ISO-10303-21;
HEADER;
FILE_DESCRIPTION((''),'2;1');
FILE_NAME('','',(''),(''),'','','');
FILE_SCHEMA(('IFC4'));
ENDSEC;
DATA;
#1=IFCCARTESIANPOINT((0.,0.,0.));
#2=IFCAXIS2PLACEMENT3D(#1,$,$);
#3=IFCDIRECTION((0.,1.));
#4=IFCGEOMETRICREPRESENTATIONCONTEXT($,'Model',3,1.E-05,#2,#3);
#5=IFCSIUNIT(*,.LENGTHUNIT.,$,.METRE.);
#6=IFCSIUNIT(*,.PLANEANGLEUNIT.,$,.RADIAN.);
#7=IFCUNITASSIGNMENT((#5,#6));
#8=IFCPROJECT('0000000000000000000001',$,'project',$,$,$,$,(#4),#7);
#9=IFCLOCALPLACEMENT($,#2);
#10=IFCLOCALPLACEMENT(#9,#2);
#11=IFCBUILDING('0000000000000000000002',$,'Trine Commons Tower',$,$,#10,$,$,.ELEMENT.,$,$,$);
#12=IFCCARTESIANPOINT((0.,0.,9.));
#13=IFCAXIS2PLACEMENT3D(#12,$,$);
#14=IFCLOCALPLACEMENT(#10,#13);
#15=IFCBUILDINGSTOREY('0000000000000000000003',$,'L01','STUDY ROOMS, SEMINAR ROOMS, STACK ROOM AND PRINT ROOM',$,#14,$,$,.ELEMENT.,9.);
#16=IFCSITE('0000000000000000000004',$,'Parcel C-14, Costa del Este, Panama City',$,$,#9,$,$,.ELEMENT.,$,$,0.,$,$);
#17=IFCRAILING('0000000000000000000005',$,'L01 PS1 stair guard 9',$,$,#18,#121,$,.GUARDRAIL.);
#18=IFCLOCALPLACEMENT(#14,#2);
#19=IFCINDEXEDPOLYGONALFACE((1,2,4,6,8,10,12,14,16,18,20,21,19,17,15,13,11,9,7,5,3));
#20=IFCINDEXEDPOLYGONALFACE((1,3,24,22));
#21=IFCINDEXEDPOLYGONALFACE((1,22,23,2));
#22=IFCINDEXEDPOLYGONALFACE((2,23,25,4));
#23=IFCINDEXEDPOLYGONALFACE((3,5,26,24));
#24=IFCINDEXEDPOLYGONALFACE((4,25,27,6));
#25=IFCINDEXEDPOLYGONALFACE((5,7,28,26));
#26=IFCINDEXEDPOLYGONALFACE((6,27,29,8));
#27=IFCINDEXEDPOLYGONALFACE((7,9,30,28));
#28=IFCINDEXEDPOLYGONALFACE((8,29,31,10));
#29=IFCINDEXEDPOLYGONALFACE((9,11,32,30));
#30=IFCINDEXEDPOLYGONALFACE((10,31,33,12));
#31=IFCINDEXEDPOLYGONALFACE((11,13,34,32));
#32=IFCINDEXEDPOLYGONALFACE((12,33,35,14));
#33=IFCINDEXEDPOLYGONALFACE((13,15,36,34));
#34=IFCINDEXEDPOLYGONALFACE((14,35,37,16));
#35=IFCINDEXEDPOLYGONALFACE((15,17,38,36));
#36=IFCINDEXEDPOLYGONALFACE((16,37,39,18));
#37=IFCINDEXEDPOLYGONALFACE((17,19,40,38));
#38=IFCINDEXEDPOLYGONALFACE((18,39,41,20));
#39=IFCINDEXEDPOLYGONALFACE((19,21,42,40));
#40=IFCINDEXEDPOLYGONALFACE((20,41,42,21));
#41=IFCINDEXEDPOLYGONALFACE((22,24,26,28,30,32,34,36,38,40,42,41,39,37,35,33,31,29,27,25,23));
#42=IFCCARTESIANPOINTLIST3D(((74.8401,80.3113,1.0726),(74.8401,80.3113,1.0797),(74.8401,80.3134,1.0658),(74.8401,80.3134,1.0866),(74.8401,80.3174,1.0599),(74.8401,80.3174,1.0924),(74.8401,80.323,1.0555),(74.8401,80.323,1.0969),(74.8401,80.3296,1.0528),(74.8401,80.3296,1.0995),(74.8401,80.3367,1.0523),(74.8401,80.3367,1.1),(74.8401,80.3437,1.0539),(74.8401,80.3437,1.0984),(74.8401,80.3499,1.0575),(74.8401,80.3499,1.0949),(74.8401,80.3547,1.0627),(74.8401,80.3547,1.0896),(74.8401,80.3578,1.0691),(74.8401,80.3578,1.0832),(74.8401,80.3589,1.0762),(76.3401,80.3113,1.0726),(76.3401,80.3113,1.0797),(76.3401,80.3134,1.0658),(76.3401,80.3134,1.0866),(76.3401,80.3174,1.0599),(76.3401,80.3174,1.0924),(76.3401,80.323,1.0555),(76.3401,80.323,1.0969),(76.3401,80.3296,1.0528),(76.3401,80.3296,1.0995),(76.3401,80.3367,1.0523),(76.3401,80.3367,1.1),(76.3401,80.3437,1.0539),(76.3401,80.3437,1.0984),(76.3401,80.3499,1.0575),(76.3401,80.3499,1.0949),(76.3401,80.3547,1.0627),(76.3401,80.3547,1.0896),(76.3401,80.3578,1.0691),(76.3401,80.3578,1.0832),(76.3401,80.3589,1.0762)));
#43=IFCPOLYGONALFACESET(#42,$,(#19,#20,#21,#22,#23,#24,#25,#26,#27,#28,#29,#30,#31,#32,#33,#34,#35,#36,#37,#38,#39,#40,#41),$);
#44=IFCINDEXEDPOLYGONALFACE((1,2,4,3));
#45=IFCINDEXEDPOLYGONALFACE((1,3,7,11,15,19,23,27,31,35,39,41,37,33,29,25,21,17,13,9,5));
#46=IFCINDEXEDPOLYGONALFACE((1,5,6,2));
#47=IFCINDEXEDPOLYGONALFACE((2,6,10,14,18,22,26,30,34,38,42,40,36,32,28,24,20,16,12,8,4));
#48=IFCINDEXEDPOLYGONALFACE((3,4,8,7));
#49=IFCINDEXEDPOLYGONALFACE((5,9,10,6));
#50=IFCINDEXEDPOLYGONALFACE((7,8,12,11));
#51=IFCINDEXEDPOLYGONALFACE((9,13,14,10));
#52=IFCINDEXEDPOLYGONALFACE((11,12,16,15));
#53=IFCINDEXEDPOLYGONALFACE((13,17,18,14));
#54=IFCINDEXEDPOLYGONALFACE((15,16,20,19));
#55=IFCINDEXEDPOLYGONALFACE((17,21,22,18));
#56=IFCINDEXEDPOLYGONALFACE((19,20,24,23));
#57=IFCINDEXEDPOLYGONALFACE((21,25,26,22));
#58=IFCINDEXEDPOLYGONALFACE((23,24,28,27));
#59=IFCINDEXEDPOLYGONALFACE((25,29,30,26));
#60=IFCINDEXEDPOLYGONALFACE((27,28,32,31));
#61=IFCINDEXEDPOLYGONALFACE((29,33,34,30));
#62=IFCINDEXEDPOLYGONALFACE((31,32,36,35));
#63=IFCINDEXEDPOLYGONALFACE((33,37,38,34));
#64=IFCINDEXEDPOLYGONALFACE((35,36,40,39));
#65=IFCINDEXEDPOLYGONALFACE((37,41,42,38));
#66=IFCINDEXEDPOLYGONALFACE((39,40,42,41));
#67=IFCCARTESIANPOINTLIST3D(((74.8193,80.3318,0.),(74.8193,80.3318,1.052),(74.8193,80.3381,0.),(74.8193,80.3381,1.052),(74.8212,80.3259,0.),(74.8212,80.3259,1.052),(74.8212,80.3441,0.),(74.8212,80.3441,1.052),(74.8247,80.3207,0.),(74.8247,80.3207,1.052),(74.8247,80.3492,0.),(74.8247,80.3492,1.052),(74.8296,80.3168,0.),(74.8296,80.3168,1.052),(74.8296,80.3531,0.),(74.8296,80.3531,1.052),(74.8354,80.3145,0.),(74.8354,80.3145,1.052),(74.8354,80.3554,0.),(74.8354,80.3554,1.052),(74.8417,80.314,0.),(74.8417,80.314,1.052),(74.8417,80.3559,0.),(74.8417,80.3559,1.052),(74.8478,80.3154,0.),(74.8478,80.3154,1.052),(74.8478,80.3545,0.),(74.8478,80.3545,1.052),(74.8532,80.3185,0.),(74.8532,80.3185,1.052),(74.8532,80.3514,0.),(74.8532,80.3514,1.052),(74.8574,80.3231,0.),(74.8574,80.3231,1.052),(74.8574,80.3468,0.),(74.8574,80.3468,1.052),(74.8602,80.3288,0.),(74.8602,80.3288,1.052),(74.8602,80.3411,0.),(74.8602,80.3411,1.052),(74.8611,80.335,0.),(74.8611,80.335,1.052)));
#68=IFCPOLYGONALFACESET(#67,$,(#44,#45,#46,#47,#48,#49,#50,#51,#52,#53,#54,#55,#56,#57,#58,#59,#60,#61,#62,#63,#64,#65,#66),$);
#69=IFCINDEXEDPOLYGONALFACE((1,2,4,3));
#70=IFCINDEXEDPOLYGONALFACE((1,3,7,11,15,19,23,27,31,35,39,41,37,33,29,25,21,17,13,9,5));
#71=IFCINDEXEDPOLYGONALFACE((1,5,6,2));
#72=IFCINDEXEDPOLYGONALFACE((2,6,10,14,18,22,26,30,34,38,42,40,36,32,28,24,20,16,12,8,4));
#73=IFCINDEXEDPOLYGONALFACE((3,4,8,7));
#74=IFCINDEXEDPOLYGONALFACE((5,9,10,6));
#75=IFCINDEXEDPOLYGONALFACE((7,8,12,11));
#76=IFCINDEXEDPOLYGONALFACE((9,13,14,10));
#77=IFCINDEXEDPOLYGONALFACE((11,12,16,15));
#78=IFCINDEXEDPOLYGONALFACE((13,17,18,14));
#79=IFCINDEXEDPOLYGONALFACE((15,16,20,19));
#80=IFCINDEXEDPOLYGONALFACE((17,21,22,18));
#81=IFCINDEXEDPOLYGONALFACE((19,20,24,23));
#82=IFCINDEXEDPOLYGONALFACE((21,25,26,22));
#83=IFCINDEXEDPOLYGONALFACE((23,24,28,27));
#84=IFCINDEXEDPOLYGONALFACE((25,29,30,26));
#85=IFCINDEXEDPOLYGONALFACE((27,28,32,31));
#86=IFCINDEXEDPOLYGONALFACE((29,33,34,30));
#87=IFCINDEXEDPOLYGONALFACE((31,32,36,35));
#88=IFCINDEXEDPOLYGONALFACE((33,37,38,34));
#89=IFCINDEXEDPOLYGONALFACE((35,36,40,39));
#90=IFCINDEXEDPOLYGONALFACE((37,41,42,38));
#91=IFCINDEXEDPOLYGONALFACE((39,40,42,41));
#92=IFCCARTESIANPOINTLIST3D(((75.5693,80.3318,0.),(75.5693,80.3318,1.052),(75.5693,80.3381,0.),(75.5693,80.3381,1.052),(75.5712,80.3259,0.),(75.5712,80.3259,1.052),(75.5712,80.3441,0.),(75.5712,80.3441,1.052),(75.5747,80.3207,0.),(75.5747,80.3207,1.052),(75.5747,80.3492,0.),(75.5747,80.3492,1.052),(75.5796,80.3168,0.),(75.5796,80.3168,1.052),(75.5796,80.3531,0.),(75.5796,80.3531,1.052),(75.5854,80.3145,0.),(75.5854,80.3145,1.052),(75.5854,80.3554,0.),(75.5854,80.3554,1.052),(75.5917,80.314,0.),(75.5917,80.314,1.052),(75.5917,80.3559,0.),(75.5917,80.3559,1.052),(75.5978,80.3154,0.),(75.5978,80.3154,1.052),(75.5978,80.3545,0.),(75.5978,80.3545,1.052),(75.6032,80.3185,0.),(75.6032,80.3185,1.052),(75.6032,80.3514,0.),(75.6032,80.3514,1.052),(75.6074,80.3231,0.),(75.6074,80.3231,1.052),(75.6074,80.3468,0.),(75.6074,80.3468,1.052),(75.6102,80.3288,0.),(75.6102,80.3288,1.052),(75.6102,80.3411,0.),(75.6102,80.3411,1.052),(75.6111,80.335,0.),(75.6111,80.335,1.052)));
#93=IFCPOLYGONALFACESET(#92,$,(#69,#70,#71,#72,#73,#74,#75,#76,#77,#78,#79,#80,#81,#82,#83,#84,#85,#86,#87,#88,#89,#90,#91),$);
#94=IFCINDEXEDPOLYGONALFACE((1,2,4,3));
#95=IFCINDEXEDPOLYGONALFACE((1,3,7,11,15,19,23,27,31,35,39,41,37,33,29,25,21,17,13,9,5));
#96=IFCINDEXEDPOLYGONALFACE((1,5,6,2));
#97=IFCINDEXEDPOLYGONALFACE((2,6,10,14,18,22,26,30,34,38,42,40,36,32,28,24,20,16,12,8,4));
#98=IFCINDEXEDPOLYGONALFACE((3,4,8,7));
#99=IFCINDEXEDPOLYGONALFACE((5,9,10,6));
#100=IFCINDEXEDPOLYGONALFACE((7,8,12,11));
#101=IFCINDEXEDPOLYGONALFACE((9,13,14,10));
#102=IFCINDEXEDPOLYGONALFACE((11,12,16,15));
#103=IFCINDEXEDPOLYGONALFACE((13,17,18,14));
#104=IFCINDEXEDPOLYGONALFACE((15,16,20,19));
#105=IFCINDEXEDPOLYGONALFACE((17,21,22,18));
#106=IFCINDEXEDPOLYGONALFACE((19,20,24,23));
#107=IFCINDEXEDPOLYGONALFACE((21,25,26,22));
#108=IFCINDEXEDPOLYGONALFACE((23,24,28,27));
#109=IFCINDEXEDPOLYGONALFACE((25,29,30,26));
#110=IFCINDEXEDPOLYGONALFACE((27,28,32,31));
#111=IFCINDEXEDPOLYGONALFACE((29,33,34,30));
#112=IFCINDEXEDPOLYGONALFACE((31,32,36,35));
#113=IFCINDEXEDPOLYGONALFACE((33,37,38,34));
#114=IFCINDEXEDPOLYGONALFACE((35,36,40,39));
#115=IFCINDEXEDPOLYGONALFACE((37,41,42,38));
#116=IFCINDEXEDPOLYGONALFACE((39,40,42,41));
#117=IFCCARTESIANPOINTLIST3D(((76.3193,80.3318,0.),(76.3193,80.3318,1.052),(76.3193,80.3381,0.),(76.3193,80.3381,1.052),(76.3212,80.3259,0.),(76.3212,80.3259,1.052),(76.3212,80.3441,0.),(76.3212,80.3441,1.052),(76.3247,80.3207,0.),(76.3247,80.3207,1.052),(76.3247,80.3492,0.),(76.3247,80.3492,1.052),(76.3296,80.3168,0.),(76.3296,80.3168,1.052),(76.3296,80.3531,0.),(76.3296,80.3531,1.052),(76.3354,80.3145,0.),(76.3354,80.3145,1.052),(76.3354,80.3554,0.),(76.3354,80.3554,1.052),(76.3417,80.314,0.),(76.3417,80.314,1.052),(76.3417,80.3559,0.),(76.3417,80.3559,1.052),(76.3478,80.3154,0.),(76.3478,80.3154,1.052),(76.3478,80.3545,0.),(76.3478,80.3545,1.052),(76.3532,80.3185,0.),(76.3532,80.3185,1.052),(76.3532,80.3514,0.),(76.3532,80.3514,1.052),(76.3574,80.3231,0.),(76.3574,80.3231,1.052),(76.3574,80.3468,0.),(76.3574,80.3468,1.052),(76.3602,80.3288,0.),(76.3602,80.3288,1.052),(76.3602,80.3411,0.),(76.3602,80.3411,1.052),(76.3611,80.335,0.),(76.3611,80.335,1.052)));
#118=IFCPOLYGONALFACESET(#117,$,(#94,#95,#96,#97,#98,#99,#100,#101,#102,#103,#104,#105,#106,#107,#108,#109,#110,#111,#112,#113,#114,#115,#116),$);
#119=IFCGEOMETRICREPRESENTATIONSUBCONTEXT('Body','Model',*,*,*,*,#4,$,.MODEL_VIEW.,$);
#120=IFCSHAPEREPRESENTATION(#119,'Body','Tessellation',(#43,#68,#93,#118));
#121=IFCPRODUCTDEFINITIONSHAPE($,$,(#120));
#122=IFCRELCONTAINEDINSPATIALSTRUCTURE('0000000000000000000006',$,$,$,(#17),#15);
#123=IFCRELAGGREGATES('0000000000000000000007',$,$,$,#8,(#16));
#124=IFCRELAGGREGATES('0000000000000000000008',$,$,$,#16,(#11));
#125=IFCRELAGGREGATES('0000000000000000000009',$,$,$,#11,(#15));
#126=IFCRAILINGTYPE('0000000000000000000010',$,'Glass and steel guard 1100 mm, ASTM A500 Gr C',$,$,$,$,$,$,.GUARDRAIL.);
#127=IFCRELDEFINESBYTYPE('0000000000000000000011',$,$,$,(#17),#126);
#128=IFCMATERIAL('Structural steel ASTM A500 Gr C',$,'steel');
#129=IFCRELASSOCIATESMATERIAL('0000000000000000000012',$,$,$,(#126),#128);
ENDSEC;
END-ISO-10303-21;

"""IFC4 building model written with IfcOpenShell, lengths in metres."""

from ifc_helpers import new_model, si_unit, direction, frame, origin, origin_2d, place, context, subcontext, project, spatial, circle, extrude, material, type_object, element, save


model = new_model("IFC4")

# Units and contexts
model_context = context("Model", 3, precision=1e-05, world=origin(), true_north=direction((0.0, 1.0)))
body_context = subcontext(model_context, "Body", "Model", "MODEL_VIEW")
ifc_project = project(units=[si_unit("LENGTHUNIT", "METRE"), si_unit("PLANEANGLEUNIT", "RADIAN")], contexts=[model_context])

# Site, building, storey
site_placement = place(None, origin())
site = spatial("IfcSite", under=ifc_project, at=site_placement, Name="Parcel C-14, Costa del Este, Panama City", CompositionType="ELEMENT", RefElevation=0.0)
building_placement = place(site_placement, origin())
building = spatial("IfcBuilding", under=site, at=building_placement, Name="Trine Commons Tower", CompositionType="ELEMENT")
storey_placement = place(building_placement, frame((0.0, 0.0, 9.0)))
storey = spatial("IfcBuildingStorey", under=building, at=storey_placement, Name="L01", Description="STUDY ROOMS, SEMINAR ROOMS, STACK ROOM AND PRINT ROOM", CompositionType="ELEMENT", Elevation=9.0)

# Railing
ifc_material_1 = material(Name="Structural steel ASTM A500 Gr C", Category="steel")
railing_type_1 = type_object("IfcRailingType", Name="Glass and steel guard 1100 mm, ASTM A500 Gr C", PredefinedType="GUARDRAIL", material=ifc_material_1)
for number, where, name in (
    (1, (74.8401, 80.335, 0.0), "L01 PS1 stair guard 9"),
):
    element("IfcRailing", number, at=place(storey_placement, frame(where)), inside=storey, type_object=railing_type_1, Name=name, PredefinedType="GUARDRAIL", context=body_context, shape_type="SweptSolid", body=[
        extrude(circle(Radius=0.0239, at=origin_2d()), frame((0.0, 0.0, 1.0762), z_axis=(1.0, 0.0, 0.0), x_axis=(0.0, 1.0, 0.0)), (0.0, 0.0, 1.0), 1.5),
        extrude(circle(Radius=0.021, at=origin_2d()), origin(), (0.0, 0.0, 1.0), 1.052),
        extrude(circle(Radius=0.021, at=origin_2d()), frame((0.75, 0.0, 0.0)), (0.0, 0.0, 1.0), 1.052),
        extrude(circle(Radius=0.021, at=origin_2d()), frame((1.5, 0.0, 0.0)), (0.0, 0.0, 1.0), 1.052),
    ])

save(model, "model.ifc")
